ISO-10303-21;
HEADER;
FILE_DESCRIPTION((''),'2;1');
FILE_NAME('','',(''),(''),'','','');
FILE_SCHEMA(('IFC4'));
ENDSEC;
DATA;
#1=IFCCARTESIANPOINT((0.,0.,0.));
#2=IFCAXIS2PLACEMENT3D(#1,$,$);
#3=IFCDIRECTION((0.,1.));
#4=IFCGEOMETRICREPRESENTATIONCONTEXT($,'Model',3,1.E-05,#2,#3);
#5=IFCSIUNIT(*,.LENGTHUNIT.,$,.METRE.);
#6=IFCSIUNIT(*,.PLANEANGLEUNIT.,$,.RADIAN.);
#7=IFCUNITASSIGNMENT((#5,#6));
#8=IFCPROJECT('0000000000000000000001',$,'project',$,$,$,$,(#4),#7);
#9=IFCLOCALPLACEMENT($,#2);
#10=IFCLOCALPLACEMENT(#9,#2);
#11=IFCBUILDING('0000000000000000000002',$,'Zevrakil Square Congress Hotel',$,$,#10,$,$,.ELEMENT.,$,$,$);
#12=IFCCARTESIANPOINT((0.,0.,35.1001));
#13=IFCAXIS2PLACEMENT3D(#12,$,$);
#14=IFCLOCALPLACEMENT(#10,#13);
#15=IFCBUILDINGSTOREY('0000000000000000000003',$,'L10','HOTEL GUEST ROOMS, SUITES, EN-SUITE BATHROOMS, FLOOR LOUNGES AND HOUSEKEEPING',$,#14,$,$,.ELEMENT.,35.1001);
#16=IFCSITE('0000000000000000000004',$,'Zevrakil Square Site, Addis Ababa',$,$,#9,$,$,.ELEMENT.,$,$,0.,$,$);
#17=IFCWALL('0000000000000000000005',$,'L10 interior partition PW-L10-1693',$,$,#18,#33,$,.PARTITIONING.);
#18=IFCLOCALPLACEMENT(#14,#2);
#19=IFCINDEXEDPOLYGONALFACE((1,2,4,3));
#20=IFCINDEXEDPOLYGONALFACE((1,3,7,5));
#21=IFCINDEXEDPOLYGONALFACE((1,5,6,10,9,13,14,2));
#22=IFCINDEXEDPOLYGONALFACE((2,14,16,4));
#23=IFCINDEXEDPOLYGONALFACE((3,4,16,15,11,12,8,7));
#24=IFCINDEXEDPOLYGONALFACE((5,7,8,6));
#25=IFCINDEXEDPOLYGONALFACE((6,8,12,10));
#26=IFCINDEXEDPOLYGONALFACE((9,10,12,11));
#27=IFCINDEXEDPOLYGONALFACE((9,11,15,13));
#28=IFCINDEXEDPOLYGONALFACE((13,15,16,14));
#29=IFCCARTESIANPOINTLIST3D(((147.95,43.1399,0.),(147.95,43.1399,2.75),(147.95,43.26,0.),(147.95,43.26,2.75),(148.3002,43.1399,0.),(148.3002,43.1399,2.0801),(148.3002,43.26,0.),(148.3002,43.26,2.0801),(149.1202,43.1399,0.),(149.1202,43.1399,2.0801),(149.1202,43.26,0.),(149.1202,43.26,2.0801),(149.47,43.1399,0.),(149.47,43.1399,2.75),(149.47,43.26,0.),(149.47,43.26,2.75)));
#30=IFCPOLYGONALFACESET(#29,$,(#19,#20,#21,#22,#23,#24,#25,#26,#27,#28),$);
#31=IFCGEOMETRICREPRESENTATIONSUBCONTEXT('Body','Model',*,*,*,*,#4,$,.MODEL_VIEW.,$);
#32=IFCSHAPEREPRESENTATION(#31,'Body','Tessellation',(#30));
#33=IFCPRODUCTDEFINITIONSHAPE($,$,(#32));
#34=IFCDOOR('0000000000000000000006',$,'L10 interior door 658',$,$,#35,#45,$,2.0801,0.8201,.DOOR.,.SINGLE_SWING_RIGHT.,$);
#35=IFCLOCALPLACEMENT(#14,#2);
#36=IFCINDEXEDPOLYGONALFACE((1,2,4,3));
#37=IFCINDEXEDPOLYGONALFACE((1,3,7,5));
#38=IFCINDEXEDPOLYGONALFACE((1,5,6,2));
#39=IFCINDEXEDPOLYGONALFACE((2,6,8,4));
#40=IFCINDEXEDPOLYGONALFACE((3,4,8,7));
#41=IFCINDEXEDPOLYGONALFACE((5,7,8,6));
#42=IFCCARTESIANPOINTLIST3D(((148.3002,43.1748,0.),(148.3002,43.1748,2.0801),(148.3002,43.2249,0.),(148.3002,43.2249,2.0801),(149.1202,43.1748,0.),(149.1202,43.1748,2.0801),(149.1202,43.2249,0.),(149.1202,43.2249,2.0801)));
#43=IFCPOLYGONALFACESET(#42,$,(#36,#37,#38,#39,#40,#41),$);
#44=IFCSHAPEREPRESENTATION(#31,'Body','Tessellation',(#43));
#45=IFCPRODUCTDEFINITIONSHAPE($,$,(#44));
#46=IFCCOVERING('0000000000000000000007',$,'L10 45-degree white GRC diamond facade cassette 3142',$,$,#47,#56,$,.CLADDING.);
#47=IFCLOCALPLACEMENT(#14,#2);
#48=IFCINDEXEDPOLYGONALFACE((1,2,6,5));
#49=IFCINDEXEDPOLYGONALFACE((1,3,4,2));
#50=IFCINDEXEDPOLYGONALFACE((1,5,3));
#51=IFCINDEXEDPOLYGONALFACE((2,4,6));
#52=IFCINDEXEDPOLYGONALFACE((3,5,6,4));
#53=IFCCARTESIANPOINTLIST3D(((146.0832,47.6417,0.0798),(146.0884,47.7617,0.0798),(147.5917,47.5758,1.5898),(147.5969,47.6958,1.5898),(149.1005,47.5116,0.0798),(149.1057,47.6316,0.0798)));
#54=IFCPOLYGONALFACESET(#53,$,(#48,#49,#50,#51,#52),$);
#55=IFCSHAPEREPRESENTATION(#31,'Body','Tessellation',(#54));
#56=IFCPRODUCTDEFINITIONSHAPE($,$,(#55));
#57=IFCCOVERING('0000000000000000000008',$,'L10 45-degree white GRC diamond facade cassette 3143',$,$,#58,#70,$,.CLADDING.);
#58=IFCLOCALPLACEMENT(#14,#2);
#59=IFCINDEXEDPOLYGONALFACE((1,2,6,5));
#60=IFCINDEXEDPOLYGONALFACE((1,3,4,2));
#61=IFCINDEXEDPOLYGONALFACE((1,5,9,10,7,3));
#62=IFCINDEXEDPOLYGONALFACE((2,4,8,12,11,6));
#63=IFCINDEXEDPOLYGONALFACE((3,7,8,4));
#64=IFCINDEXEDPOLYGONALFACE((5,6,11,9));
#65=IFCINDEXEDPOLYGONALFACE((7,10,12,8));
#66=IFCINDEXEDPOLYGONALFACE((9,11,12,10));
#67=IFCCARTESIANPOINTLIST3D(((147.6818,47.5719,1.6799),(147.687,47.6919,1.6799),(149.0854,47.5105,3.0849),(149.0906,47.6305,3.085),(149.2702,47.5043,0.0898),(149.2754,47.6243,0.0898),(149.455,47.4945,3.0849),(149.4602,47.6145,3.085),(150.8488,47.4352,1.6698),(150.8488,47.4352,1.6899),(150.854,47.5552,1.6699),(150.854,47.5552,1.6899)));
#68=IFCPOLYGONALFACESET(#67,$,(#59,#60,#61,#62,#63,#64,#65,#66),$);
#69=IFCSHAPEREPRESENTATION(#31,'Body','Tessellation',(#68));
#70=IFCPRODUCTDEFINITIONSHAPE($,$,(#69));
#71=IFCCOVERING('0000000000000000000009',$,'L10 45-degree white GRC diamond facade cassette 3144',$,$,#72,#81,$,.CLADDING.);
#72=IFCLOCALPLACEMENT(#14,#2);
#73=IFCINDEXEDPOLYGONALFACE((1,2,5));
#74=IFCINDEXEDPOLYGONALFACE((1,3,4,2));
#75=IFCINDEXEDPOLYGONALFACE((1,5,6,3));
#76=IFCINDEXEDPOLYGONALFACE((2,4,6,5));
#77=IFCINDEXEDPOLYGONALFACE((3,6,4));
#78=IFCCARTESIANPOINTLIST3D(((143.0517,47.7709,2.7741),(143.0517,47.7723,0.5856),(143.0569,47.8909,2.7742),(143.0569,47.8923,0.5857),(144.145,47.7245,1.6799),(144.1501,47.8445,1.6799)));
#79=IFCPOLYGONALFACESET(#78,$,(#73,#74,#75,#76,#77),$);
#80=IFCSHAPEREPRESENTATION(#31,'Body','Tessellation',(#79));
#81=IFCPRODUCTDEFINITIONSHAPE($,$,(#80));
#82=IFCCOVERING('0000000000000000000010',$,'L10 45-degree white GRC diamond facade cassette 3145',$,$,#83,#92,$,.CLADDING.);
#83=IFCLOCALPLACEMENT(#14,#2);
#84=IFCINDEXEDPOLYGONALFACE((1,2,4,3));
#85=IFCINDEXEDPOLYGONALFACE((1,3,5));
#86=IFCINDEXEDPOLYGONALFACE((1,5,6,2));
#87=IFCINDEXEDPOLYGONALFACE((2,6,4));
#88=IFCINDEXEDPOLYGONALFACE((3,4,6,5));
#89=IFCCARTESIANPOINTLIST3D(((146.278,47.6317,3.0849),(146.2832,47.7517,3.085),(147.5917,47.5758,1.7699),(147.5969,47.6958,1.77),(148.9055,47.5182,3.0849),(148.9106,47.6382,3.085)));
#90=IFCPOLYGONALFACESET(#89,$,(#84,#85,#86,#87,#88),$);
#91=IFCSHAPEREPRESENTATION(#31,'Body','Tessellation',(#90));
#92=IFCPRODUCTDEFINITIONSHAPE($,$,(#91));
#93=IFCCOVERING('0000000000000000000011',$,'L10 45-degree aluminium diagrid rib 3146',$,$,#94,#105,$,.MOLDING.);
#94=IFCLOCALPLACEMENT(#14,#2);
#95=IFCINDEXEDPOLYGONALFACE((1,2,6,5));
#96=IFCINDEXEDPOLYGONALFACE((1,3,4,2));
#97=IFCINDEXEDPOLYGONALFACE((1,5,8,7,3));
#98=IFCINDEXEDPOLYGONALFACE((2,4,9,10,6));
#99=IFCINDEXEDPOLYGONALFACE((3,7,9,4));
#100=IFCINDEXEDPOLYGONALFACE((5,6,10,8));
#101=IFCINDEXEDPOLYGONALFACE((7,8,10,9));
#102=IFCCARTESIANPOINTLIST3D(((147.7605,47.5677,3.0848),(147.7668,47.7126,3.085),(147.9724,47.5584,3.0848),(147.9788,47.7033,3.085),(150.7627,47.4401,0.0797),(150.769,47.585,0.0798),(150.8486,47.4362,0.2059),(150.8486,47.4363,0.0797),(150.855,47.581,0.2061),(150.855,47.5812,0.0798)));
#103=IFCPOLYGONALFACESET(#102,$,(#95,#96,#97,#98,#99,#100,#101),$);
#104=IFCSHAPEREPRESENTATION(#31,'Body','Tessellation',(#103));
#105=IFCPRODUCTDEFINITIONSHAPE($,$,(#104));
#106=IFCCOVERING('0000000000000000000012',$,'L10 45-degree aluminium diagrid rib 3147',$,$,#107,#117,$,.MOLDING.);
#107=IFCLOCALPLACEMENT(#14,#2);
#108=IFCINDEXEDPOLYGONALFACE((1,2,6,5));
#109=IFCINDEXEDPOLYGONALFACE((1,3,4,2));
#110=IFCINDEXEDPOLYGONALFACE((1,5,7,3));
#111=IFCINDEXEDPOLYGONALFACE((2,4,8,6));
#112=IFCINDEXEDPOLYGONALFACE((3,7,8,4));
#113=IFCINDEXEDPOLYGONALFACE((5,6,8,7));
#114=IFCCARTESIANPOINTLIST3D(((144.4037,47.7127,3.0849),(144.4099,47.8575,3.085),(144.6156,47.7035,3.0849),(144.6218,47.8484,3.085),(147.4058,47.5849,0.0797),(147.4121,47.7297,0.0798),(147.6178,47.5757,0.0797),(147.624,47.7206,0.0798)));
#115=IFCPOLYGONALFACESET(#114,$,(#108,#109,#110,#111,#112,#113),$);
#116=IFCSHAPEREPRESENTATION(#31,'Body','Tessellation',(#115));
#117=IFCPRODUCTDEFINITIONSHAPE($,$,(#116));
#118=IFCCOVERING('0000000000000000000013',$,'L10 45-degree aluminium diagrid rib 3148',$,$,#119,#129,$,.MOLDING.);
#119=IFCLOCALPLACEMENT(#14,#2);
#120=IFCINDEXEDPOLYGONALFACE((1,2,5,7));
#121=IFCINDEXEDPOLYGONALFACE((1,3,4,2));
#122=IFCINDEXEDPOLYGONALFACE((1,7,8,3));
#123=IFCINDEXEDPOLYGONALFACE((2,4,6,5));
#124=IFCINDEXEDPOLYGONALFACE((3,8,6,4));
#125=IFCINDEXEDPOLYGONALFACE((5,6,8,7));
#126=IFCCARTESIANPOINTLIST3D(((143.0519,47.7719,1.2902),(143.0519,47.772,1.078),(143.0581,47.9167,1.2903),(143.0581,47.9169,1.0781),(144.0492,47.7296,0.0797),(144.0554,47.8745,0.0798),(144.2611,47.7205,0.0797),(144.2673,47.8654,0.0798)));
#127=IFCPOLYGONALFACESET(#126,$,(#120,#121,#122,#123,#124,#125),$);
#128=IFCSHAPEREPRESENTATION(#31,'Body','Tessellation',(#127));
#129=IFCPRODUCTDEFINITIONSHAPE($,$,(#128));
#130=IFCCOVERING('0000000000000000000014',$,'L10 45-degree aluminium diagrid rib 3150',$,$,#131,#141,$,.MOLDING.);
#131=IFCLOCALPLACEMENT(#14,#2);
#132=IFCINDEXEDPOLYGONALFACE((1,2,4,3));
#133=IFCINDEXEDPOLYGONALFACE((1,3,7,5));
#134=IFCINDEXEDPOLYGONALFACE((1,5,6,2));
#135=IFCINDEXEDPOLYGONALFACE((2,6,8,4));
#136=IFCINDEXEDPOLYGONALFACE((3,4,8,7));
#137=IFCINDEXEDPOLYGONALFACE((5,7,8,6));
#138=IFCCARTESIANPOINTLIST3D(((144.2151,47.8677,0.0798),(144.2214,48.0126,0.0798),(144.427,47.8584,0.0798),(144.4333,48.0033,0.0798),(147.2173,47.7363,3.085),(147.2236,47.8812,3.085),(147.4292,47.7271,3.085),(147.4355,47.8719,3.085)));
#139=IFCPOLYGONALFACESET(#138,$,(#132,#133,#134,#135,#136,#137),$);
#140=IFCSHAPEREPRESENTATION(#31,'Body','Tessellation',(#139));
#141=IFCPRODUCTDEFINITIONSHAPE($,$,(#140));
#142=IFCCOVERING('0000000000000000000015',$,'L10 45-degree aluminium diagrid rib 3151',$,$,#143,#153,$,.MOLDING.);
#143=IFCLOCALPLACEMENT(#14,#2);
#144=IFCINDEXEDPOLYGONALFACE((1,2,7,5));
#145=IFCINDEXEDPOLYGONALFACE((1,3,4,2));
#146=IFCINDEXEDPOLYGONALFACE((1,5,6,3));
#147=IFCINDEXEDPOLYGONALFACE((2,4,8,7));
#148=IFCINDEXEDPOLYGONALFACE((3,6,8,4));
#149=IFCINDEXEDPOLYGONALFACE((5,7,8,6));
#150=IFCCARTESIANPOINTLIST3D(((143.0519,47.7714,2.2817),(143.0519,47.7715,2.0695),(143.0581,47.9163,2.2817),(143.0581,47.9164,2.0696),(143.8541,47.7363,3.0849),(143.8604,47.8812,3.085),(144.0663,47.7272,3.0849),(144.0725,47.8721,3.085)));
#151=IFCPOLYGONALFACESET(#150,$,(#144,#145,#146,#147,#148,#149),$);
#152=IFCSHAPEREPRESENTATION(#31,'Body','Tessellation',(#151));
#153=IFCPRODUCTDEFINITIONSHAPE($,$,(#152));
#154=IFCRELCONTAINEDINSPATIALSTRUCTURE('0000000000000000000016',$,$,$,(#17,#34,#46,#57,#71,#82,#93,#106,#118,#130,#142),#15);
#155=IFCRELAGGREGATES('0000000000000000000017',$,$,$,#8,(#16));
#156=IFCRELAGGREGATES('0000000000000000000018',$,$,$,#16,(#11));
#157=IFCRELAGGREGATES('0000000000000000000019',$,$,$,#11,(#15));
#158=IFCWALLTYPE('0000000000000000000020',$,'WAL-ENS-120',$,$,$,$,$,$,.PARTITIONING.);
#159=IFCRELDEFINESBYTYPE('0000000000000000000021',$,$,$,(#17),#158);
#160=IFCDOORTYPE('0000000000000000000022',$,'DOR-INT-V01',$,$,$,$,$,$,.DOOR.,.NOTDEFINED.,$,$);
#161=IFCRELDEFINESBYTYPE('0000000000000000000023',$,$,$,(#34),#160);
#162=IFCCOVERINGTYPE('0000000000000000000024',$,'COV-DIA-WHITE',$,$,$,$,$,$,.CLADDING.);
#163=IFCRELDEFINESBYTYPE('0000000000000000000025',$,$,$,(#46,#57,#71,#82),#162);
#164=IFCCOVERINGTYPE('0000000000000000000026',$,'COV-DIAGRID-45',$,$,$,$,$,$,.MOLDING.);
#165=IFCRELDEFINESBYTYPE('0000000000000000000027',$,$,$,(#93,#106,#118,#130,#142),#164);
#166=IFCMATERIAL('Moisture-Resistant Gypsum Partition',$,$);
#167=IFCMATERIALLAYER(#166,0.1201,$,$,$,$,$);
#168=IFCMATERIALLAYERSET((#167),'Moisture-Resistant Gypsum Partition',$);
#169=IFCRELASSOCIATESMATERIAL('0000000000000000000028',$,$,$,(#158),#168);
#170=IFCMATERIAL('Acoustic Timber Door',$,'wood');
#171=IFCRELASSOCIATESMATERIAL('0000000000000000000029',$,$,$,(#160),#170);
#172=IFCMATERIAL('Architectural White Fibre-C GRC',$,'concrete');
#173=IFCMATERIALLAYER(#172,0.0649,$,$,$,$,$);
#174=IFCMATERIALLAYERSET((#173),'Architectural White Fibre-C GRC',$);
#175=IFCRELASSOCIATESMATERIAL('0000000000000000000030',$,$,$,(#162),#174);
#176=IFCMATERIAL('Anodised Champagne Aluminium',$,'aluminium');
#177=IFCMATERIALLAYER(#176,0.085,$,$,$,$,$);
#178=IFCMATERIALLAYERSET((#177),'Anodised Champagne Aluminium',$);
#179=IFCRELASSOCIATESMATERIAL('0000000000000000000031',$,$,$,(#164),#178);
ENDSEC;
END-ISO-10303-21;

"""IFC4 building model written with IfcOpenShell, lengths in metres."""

from ifc_helpers import new_model, si_unit, direction, frame, frame_2d, origin, place, context, subcontext, project, spatial, polyline, rectangle, outline, extrude, material, layer, layer_set, type_object, element, fill, save


model = new_model("IFC4")

# Units and contexts
model_context = context("Model", 3, precision=1e-05, world=origin(), true_north=direction((0.0, 1.0)))
body_context = subcontext(model_context, "Body", "Model", "MODEL_VIEW")
ifc_project = project(units=[si_unit("LENGTHUNIT", "METRE"), si_unit("PLANEANGLEUNIT", "RADIAN")], contexts=[model_context])

# Site, building, storey
site_placement = place(None, origin())
site = spatial("IfcSite", under=ifc_project, at=site_placement, Name="Zevrakil Square Site, Addis Ababa", CompositionType="ELEMENT", RefElevation=0.0)
building_placement = place(site_placement, origin())
building = spatial("IfcBuilding", under=site, at=building_placement, Name="Zevrakil Square Congress Hotel", CompositionType="ELEMENT")
storey_placement = place(building_placement, frame((0.0, 0.0, 35.1001)))
storey = spatial("IfcBuildingStorey", under=building, at=storey_placement, Name="L10", Description="HOTEL GUEST ROOMS, SUITES, EN-SUITE BATHROOMS, FLOOR LOUNGES AND HOUSEKEEPING", CompositionType="ELEMENT", Elevation=35.1001)

# Wall, opening, door
ifc_material_1 = material(Name="Moisture-Resistant Gypsum Partition")
ifc_layer_1 = layer(ifc_material_1, 0.1201)
ifc_layer_set_1 = layer_set([ifc_layer_1], Name="Moisture-Resistant Gypsum Partition")
wall_type = type_object("IfcWallType", Name="WAL-ENS-120", PredefinedType="PARTITIONING", material=ifc_layer_set_1)
ifc_material_2 = material(Name="Acoustic Timber Door", Category="wood")
door_type = type_object("IfcDoorType", Name="DOR-INT-V01", OperationType="NOTDEFINED", PredefinedType="DOOR", material=ifc_material_2)
wall_1_placement = place(storey_placement, frame((147.95, 43.2, 0.0), z_axis=(0.0, 0.0, 1.0), x_axis=(1.0, 0.0, 0.0)))
wall_1 = element("IfcWall", 1, at=wall_1_placement, inside=storey, type_object=wall_type, Name="L10 interior partition PW-L10-1693", PredefinedType="PARTITIONING", context=body_context, shape_type="SweptSolid", body=[
    extrude(rectangle(XDim=1.52, YDim=0.1201, at=frame_2d((0.76, 0.0))), origin(), (0.0, 0.0, 1.0), 2.75),
])
opening_1_placement = place(wall_1_placement, frame((0.3501, 0.0, 0.0)))
opening_1 = element("IfcOpeningElement", 2, at=opening_1_placement, cuts=wall_1, PredefinedType="OPENING", context=body_context, shape_type="SweptSolid", body=[
    extrude(rectangle(XDim=0.8201, YDim=2.0801, at=frame_2d((0.4102, 1.04))), frame((0.0, 0.0701, 0.0), z_axis=(0.0, -1.0, 0.0), x_axis=(1.0, 0.0, 0.0)), (0.0, 0.0, 1.0), 0.1401),
])
door_1_placement = place(opening_1_placement, origin())
door_1 = element("IfcDoor", 3, at=door_1_placement, inside=storey, type_object=door_type, Name="L10 interior door 658", OperationType="SINGLE_SWING_RIGHT", OverallHeight=2.0801, OverallWidth=0.8201, PredefinedType="DOOR", context=body_context, shape_type="SweptSolid", body=[
    extrude(rectangle(XDim=0.8201, YDim=2.0801, at=frame_2d((0.4102, 1.04))), frame((0.0, 0.0249, 0.0), z_axis=(0.0, -1.0, 0.0), x_axis=(1.0, 0.0, 0.0)), (0.0, 0.0, 1.0), 0.05),
])
fill(opening_1, door_1)

# Coverings
ifc_material_3 = material(Name="Architectural White Fibre-C GRC", Category="concrete")
ifc_layer_2 = layer(ifc_material_3, 0.0649)
ifc_layer_set_2 = layer_set([ifc_layer_2], Name="Architectural White Fibre-C GRC")
covering_type_1 = type_object("IfcCoveringType", Name="COV-DIA-WHITE", PredefinedType="CLADDING", material=ifc_layer_set_2)
covering_1_placement = place(storey_placement, frame((147.5969, 47.6958, 1.5898), z_axis=(0.043086, 0.999071, 0.000569), x_axis=(-0.706427, 0.030868, -0.707113)))
element("IfcCovering", 4, at=covering_1_placement, inside=storey, type_object=covering_type_1, Name="L10 45-degree white GRC diamond facade cassette 3142", PredefinedType="CLADDING", context=body_context, shape_type="SweptSolid", body=[
    extrude(outline(polyline([(0.0, 0.0), (2.1355, 0.0), (-0.0001, -2.1356), (0.0, 0.0)])), origin(), (0.0, 0.0, -1.0), 0.1201),
])
covering_2_placement = place(storey_placement, frame((147.687, 47.6919, 1.6799), z_axis=(0.043118, 0.99907, 0.00061), x_axis=(0.706408, -0.030055, -0.707167)))
element("IfcCovering", 5, at=covering_2_placement, inside=storey, type_object=covering_type_1, Name="L10 45-degree white GRC diamond facade cassette 3143", PredefinedType="CLADDING", context=body_context, shape_type="SweptSolid", body=[
    extrude(outline(polyline([(0.0, 0.0), (2.2485, 0.0), (2.2484, -2.2346), (2.2342, -2.2488), (0.2613, -2.2486), (-0.0003, -1.9869), (0.0, 0.0)])), origin(), (0.0, 0.0, -1.0), 0.1201),
])
covering_3_placement = place(storey_placement, frame((144.1501, 47.8445, 1.6799), z_axis=(0.04306, 0.999072, 0.000669), x_axis=(-0.706473, 0.029975, 0.707104)))
element("IfcCovering", 6, at=covering_3_placement, inside=storey, type_object=covering_type_1, Name="L10 45-degree white GRC diamond facade cassette 3144", PredefinedType="CLADDING", context=body_context, shape_type="SweptSolid", body=[
    extrude(outline(polyline([(0.0, 0.0), (1.5475, 0.0), (0.0001, -1.5475), (0.0, 0.0)])), origin(), (0.0, 0.0, -1.0), 0.1201),
])
covering_4_placement = place(storey_placement, frame((147.5969, 47.6958, 1.77), z_axis=(0.043167, 0.999068, 0.000649), x_axis=(0.706439, -0.030983, 0.707095)))
element("IfcCovering", 7, at=covering_4_placement, inside=storey, type_object=covering_type_1, Name="L10 45-degree white GRC diamond facade cassette 3145", PredefinedType="CLADDING", context=body_context, shape_type="SweptSolid", body=[
    extrude(outline(polyline([(0.0, 0.0), (1.8596, 0.0), (0.0, -1.8596), (0.0, 0.0)])), origin(), (0.0, 0.0, -1.0), 0.1201),
])
ifc_material_4 = material(Name="Anodised Champagne Aluminium", Category="aluminium")
ifc_layer_3 = layer(ifc_material_4, 0.085)
ifc_layer_set_3 = layer_set([ifc_layer_3], Name="Anodised Champagne Aluminium")
covering_type_2 = type_object("IfcCoveringType", Name="COV-DIAGRID-45", PredefinedType="MOLDING", material=ifc_layer_set_3)
covering_5_placement = place(storey_placement, frame((150.769, 47.585, 0.0798), z_axis=(0.043695, 0.999044, 0.001222), x_axis=(0.999045, -0.043695, -0.000001)))
element("IfcCovering", 8, at=covering_5_placement, inside=storey, type_object=covering_type_2, Name="L10 45-degree aluminium diagrid rib 3146", PredefinedType="MOLDING", context=body_context, shape_type="SweptSolid", body=[
    extrude(outline(polyline([(0.0, 0.0), (0.086, 0.0), (0.086, -0.1262), (-2.7928, -3.0051), (-3.0049, -3.0051), (0.0, 0.0)])), origin(), (0.0, 0.0, -1.0), 0.145),
])
covering_6_placement = place(storey_placement, frame((147.4121, 47.7297, 0.0798), z_axis=(0.043162, 0.999068, 0.00063), x_axis=(0.999068, -0.043163, 0.0)))
element("IfcCovering", 9, at=covering_6_placement, inside=storey, type_object=covering_type_2, Name="L10 45-degree aluminium diagrid rib 3147", PredefinedType="MOLDING", context=body_context, shape_type="SweptSolid", body=[
    extrude(outline(polyline([(0.0, 0.0), (0.2121, 0.0), (-2.7928, -3.0051), (-3.0049, -3.0051), (0.0, 0.0)])), origin(), (0.0, 0.0, -1.0), 0.145),
])
covering_7_placement = place(storey_placement, frame((144.0554, 47.8745, 0.0798), z_axis=(0.043093, 0.999071, 0.000644), x_axis=(0.999071, -0.043093, 0.0)))
element("IfcCovering", 10, at=covering_7_placement, inside=storey, type_object=covering_type_2, Name="L10 45-degree aluminium diagrid rib 3148", PredefinedType="MOLDING", context=body_context, shape_type="SweptSolid", body=[
    extrude(outline(polyline([(0.0, 0.0), (0.2121, 0.0), (-0.9982, -1.2104), (-0.9982, -0.9983), (0.0, 0.0)])), origin(), (0.0, 0.0, -1.0), 0.145),
])
covering_8_placement = place(storey_placement, frame((147.4292, 47.7271, 3.085), z_axis=(-0.043737, -0.999043, 0.000028), x_axis=(-0.999043, 0.043737, 0.0)))
element("IfcCovering", 11, at=covering_8_placement, inside=storey, type_object=covering_type_2, Name="L10 45-degree aluminium diagrid rib 3150", PredefinedType="MOLDING", context=body_context, shape_type="SweptSolid", body=[
    extrude(outline(polyline([(0.0, 0.0), (0.2121, 0.0), (3.2172, 3.0051), (3.0051, 3.0051), (0.0, 0.0)])), origin(), (0.0, 0.0, -1.0), 0.145),
])
covering_9_placement = place(storey_placement, frame((144.0725, 47.8721, 3.085), z_axis=(0.043087, 0.999071, 0.000549), x_axis=(-0.999071, 0.043087, 0.0)))
element("IfcCovering", 12, at=covering_9_placement, inside=storey, type_object=covering_type_2, Name="L10 45-degree aluminium diagrid rib 3151", PredefinedType="MOLDING", context=body_context, shape_type="SweptSolid", body=[
    extrude(outline(polyline([(0.0, 0.0), (0.2124, 0.0), (1.0154, -0.8032), (1.0154, -1.0154), (0.0, 0.0)])), origin(), (0.0, 0.0, -1.0), 0.145),
])

save(model, "model.ifc")
